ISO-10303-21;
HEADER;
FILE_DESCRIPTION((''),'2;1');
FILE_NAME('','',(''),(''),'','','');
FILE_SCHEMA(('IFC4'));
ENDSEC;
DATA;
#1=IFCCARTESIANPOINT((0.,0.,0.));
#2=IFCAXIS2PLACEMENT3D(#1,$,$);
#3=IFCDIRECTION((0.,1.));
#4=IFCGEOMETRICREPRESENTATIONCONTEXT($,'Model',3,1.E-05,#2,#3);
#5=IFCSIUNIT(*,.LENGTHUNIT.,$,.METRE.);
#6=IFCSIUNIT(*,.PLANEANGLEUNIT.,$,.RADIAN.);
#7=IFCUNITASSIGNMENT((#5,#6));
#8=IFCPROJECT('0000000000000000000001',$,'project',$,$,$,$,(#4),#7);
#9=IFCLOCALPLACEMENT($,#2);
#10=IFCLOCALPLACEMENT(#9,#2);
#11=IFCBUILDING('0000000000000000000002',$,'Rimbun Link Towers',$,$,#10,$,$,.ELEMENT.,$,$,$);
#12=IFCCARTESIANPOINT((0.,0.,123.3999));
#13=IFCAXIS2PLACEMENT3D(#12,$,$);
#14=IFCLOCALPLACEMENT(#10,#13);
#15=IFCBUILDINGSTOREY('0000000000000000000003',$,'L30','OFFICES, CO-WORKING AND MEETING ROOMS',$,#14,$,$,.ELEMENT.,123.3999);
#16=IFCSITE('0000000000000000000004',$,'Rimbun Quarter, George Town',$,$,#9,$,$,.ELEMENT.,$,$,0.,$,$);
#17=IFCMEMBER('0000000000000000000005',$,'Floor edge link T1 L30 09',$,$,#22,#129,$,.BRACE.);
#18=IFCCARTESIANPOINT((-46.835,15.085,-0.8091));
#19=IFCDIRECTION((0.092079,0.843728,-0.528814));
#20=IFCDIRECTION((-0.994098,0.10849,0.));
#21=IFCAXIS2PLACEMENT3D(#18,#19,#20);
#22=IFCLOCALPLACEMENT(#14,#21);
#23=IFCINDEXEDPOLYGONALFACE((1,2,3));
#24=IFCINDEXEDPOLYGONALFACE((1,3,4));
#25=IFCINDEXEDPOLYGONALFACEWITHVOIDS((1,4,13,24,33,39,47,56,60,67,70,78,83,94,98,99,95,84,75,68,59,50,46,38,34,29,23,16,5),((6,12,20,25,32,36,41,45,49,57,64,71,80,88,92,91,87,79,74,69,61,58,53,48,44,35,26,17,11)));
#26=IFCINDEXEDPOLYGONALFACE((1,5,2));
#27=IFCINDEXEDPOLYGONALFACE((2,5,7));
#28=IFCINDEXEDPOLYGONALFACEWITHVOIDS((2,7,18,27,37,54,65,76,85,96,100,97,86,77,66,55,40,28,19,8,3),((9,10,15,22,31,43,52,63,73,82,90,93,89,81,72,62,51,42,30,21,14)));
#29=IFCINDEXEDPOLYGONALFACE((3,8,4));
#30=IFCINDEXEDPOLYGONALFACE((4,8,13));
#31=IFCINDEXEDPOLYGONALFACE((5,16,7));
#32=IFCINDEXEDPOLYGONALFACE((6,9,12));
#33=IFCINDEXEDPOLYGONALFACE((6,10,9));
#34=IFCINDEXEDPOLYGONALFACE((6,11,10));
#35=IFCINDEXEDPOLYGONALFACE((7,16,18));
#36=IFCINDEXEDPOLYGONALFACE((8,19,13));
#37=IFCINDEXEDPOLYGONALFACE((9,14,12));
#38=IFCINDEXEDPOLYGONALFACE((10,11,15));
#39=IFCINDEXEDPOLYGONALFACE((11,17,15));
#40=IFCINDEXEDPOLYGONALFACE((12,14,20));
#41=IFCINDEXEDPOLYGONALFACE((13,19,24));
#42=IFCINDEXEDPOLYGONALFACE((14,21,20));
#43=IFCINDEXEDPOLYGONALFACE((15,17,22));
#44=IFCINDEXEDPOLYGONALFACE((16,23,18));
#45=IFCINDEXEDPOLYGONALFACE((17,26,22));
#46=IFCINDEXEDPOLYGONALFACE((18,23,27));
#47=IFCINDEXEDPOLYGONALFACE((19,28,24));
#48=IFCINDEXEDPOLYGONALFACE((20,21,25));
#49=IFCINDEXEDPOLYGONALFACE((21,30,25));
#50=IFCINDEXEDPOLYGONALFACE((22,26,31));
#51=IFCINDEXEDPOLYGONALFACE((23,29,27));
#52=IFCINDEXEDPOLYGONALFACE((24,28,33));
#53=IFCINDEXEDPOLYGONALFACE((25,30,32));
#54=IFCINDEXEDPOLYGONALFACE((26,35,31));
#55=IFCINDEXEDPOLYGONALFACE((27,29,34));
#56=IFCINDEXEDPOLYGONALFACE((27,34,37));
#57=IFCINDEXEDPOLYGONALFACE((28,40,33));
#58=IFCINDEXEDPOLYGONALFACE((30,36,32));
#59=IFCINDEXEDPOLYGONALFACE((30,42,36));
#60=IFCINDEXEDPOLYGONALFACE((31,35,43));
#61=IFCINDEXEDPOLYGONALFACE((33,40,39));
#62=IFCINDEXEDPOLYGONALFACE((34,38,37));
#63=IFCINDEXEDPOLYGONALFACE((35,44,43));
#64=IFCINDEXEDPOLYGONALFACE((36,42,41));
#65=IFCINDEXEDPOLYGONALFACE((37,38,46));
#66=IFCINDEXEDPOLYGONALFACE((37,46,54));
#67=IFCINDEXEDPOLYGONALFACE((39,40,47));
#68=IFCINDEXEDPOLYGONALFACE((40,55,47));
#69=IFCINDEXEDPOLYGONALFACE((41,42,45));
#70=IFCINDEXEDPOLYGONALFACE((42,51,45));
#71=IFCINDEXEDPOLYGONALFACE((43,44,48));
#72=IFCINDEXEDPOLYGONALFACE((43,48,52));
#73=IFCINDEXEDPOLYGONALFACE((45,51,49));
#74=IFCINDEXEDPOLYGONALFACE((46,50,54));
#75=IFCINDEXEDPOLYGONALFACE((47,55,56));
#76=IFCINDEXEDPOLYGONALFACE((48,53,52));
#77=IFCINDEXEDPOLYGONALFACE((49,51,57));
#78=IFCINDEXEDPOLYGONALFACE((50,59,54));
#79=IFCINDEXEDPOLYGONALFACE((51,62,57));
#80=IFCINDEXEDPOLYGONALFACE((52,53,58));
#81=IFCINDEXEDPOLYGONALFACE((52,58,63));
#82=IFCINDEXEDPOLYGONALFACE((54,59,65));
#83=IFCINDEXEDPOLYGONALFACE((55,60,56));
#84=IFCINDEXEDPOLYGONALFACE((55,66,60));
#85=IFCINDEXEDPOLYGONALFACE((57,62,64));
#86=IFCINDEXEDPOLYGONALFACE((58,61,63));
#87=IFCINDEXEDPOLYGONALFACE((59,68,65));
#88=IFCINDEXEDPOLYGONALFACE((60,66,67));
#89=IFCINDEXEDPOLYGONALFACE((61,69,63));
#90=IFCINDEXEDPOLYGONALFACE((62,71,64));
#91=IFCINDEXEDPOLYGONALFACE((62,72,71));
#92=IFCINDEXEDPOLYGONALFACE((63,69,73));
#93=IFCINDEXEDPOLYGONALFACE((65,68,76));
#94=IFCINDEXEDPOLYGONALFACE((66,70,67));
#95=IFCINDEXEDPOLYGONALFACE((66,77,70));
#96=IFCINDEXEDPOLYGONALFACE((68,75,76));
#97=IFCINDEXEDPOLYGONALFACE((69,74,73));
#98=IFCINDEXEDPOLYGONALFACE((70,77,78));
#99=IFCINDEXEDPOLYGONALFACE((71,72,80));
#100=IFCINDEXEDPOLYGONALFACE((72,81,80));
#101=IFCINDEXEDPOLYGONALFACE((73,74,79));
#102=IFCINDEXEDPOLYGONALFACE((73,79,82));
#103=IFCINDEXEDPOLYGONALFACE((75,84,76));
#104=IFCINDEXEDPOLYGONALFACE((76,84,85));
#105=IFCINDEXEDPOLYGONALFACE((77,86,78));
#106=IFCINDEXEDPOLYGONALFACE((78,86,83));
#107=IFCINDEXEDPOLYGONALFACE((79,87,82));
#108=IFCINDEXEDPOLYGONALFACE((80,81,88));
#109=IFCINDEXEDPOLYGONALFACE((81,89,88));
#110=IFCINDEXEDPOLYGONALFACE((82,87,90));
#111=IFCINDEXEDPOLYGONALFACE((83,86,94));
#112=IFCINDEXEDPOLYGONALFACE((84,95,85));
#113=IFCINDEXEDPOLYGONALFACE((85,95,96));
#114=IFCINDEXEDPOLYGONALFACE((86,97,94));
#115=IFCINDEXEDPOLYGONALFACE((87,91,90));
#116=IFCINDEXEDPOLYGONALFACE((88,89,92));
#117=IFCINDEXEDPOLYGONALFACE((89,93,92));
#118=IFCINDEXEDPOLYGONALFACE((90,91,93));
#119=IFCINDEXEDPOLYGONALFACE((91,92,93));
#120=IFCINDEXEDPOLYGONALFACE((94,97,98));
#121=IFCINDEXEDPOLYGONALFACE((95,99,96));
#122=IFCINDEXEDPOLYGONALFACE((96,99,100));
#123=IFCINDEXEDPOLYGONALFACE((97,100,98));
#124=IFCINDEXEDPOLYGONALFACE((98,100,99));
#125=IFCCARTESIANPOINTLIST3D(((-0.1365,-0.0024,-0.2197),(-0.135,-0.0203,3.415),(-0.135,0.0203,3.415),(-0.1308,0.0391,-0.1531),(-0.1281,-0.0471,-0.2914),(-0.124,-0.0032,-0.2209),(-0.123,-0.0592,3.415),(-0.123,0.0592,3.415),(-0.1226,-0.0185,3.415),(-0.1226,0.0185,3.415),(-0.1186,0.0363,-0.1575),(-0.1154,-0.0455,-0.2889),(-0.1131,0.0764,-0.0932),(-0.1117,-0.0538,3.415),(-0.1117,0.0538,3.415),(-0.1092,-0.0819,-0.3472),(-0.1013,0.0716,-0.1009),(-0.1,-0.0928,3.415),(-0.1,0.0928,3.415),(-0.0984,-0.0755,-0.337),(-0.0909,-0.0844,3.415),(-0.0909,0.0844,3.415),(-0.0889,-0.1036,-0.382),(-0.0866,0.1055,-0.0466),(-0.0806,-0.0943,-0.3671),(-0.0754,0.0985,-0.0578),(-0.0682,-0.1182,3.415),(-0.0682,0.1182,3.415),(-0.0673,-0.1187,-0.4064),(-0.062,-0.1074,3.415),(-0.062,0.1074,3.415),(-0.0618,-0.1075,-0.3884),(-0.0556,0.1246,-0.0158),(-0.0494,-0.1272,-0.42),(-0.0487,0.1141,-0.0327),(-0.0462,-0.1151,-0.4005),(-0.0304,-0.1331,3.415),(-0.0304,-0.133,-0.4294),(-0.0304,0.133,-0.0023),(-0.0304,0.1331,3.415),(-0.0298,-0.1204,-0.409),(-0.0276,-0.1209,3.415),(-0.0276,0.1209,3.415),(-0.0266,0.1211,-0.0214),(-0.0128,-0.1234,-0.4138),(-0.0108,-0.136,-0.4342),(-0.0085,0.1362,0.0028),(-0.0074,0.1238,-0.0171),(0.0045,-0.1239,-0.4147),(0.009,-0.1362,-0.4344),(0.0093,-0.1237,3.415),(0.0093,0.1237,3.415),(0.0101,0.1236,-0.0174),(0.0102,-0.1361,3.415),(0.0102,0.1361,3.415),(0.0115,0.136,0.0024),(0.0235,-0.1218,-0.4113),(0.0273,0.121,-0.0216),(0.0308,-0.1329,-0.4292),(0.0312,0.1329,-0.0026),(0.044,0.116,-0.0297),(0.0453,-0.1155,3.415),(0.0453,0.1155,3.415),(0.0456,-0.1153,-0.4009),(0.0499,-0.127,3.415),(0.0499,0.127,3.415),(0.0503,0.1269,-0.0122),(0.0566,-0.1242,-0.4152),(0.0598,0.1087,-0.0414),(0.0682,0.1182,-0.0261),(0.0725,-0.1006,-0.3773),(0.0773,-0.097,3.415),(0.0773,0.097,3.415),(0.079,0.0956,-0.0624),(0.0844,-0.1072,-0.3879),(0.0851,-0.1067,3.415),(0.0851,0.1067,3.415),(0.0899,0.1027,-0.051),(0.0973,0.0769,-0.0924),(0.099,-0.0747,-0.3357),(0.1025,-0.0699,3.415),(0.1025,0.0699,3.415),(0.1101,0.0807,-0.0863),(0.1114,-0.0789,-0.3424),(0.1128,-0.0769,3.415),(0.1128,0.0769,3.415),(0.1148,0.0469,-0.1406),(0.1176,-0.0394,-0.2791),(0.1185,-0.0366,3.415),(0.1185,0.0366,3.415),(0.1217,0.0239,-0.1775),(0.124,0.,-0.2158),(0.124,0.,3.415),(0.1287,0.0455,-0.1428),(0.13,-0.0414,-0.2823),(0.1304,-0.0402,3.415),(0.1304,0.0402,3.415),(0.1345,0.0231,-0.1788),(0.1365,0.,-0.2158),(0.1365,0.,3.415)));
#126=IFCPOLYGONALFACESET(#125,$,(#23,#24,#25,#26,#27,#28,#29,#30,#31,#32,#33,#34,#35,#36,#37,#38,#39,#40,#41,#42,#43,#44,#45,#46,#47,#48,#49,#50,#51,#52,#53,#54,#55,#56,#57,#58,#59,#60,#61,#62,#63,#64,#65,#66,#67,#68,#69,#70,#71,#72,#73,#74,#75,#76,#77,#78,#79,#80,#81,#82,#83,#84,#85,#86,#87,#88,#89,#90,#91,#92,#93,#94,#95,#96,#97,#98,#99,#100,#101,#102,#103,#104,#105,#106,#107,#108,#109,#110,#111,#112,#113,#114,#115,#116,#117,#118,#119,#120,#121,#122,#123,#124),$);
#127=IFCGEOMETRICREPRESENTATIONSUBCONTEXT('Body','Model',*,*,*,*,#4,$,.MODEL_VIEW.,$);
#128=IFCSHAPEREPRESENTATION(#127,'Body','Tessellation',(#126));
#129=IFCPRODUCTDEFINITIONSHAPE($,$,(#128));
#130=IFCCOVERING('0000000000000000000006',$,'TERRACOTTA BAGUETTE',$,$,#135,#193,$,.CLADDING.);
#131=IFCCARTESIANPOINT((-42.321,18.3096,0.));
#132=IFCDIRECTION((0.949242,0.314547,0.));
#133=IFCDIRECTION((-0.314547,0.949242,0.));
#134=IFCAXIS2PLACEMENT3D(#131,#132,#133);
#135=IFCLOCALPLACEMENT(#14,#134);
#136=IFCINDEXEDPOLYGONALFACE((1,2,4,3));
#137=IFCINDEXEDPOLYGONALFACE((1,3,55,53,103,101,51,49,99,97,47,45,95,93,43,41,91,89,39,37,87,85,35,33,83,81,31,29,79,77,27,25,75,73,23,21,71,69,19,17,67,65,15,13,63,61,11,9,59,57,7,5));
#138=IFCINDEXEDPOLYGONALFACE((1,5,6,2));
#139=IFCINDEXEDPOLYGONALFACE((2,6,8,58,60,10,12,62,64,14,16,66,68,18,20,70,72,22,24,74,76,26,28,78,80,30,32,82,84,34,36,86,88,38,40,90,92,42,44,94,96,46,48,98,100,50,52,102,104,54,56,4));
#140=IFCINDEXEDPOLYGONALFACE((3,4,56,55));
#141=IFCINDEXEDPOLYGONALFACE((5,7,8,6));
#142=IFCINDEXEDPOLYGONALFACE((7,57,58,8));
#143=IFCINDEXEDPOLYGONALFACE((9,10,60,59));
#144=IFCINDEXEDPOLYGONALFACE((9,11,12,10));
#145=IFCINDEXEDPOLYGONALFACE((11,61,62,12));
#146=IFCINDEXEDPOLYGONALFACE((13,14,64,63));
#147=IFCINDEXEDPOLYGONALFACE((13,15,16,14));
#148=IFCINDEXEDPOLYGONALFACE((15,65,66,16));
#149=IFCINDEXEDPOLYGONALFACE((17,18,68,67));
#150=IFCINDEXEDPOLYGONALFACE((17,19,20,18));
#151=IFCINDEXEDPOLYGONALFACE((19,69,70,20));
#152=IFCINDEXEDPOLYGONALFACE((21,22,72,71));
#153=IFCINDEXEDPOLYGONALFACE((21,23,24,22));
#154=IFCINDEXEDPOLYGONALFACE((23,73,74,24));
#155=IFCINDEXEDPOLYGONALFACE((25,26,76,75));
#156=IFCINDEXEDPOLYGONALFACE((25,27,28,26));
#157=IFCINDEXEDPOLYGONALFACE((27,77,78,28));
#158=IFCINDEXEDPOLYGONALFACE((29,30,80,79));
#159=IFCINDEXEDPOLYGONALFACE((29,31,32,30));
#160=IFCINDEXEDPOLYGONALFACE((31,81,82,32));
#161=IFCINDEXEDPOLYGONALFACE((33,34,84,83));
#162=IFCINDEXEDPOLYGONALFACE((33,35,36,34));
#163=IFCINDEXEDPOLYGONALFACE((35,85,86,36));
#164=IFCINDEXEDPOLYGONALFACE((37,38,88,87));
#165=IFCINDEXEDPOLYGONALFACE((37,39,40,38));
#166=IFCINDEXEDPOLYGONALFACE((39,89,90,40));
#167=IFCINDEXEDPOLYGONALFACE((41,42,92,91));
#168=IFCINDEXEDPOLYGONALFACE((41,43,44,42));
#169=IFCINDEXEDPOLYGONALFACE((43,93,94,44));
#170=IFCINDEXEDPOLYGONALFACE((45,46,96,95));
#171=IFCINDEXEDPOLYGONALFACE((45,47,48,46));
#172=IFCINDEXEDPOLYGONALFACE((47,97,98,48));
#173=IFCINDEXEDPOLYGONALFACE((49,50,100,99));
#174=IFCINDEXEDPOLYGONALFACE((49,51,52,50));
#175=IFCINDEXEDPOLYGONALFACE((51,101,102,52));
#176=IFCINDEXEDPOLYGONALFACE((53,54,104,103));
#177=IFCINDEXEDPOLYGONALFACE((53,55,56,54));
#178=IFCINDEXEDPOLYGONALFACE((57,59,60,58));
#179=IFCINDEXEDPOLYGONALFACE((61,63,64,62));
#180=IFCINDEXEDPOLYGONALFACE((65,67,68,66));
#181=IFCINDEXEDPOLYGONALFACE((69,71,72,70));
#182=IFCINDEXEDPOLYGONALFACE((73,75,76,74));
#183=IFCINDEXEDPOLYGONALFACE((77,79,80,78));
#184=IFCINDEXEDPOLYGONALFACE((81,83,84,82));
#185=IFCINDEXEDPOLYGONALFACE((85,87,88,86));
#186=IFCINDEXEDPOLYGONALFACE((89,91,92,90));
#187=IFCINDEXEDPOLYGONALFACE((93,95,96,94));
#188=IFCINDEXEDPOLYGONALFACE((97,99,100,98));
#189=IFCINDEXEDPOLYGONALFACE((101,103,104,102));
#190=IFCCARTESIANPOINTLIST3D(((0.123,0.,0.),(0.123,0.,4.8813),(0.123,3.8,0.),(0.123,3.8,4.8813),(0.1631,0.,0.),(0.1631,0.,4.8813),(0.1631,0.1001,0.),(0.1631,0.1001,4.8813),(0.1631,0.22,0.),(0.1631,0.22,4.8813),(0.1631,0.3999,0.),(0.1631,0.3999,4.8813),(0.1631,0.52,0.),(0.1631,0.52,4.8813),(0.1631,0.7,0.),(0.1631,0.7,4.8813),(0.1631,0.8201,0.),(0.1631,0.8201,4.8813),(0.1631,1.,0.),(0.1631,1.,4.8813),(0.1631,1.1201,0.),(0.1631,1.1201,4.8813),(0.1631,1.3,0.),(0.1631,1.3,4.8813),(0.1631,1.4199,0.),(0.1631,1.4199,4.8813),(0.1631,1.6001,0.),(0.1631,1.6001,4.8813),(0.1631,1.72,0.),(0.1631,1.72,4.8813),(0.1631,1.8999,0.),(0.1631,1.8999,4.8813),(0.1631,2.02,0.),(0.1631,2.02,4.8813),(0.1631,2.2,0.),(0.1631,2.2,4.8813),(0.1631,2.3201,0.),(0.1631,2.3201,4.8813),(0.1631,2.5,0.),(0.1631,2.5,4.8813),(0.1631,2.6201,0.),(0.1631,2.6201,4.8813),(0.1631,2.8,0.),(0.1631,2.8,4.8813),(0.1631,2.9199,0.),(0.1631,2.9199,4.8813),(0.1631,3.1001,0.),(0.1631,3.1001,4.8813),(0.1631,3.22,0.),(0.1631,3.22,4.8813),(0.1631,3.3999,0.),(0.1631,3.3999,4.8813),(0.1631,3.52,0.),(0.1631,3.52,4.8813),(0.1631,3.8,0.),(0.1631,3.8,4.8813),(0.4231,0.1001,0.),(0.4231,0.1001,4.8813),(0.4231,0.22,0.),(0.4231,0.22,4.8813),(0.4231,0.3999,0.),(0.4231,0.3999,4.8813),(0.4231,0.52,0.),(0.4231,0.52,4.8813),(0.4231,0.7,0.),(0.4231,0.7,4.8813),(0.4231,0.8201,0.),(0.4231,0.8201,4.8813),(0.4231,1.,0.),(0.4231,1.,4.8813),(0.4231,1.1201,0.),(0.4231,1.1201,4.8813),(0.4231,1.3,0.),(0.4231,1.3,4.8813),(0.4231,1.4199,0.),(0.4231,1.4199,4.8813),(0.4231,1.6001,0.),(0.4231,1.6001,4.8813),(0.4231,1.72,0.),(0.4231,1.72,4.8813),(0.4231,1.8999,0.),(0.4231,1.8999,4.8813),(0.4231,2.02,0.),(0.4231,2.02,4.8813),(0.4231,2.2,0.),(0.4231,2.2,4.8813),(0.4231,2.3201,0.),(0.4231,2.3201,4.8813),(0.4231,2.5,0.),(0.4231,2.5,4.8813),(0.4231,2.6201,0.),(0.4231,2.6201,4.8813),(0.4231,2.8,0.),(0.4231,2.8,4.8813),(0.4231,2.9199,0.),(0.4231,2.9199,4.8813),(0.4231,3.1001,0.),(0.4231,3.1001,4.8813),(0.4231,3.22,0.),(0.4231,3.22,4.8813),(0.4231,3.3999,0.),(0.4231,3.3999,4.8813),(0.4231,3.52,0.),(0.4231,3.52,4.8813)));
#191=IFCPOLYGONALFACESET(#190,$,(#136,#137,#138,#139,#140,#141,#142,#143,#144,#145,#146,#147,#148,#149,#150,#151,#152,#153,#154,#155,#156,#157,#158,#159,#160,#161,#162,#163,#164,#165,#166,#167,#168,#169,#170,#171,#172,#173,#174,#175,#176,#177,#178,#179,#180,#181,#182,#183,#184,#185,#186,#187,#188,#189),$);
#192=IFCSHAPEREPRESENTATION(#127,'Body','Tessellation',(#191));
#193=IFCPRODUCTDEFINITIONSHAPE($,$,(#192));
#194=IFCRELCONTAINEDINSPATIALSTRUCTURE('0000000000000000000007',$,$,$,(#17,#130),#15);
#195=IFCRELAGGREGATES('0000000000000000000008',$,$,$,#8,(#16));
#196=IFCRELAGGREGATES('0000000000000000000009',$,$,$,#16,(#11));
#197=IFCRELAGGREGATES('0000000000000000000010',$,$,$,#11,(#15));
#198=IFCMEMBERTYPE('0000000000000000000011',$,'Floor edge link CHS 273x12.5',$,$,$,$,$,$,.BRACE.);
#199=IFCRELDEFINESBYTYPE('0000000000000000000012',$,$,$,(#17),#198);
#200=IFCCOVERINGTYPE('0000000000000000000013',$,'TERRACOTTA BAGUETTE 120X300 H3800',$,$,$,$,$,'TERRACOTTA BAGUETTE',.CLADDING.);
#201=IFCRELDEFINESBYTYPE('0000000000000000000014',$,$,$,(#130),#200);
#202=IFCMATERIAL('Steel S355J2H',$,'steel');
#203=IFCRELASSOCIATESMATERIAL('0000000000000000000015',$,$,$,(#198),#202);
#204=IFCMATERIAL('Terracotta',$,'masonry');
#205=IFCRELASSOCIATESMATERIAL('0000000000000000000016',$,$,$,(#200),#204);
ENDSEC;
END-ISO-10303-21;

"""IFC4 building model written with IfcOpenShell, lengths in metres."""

from ifc_helpers import new_model, si_unit, direction, frame, origin, origin_2d, place, context, subcontext, project, spatial, polyline, hollow_circle, outline, extrude, clip, halfspace, material, material_profile, profile_set, type_object, element, save


model = new_model("IFC4")

# Units and contexts
model_context = context("Model", 3, precision=1e-05, world=origin(), true_north=direction((0.0, 1.0)))
body_context = subcontext(model_context, "Body", "Model", "MODEL_VIEW")
ifc_project = project(units=[si_unit("LENGTHUNIT", "METRE"), si_unit("PLANEANGLEUNIT", "RADIAN")], contexts=[model_context])

# Site, building, storey
site_placement = place(None, origin())
site = spatial("IfcSite", under=ifc_project, at=site_placement, Name="Rimbun Quarter, George Town", CompositionType="ELEMENT", RefElevation=0.0)
building_placement = place(site_placement, origin())
building = spatial("IfcBuilding", under=site, at=building_placement, Name="Rimbun Link Towers", CompositionType="ELEMENT")
storey_placement = place(building_placement, frame((0.0, 0.0, 123.3999)))
storey = spatial("IfcBuildingStorey", under=building, at=storey_placement, Name="L30", Description="OFFICES, CO-WORKING AND MEETING ROOMS", CompositionType="ELEMENT", Elevation=123.3999)

# Member
ifc_material_1 = material(Name="Steel S355J2H", Category="steel")
ifc_material_profile_1 = material_profile(ifc_material_1, hollow_circle(Radius=0.1365, WallThickness=0.0125, at=origin_2d()), Name="CHS 273x12.5")
ifc_profile_set_1 = profile_set([ifc_material_profile_1], Name="Steel S355J2H")
member_type_1 = type_object("IfcMemberType", Name="Floor edge link CHS 273x12.5", PredefinedType="BRACE", material=ifc_profile_set_1)
member_1_placement = place(storey_placement, frame((-46.835, 15.085, -0.8091), z_axis=(0.092079, 0.843728, -0.528814), x_axis=(-0.994098, 0.10849, 0.0)))
element("IfcMember", 1, at=member_1_placement, inside=storey, type_object=member_type_1, Name="Floor edge link T1 L30 09", PredefinedType="BRACE", context=body_context, shape_type="Clipping", body=[
    clip(extrude(hollow_circle(Radius=0.1365, WallThickness=0.0125, at=origin_2d()), frame((0.0, 0.0, -0.457)), (0.0, 0.0, 1.0), 3.8721), halfspace(frame((0.0, 0.0, -0.2158), z_axis=(0.0, 0.848738, -0.528814)), False)),
])

# Covering
ifc_material_2 = material(Name="Terracotta", Category="masonry")
ifc_material_profile_2 = material_profile(ifc_material_2, outline(polyline([(0.123, 0.0), (0.1631, 0.0), (0.1631, 0.1001), (0.4231, 0.1001), (0.4231, 0.22), (0.1631, 0.22), (0.1631, 0.3999), (0.4231, 0.3999), (0.4231, 0.52), (0.1631, 0.52), (0.1631, 0.7), (0.4231, 0.7), (0.4231, 0.8201), (0.1631, 0.8201), (0.1631, 1.0), (0.4231, 1.0), (0.4231, 1.1201), (0.1631, 1.1201), (0.1631, 1.3), (0.4231, 1.3), (0.4231, 1.4199), (0.1631, 1.4199), (0.1631, 1.6001), (0.4231, 1.6001), (0.4231, 1.72), (0.1631, 1.72), (0.1631, 1.8999), (0.4231, 1.8999), (0.4231, 2.02), (0.1631, 2.02), (0.1631, 2.2), (0.4231, 2.2), (0.4231, 2.3201), (0.1631, 2.3201), (0.1631, 2.5), (0.4231, 2.5), (0.4231, 2.6201), (0.1631, 2.6201), (0.1631, 2.8), (0.4231, 2.8), (0.4231, 2.9199), (0.1631, 2.9199), (0.1631, 3.1001), (0.4231, 3.1001), (0.4231, 3.22), (0.1631, 3.22), (0.1631, 3.3999), (0.4231, 3.3999), (0.4231, 3.52), (0.1631, 3.52), (0.1631, 3.8), (0.123, 3.8), (0.123, 0.0)])), Name="BAGUETTE 120X300")
ifc_profile_set_2 = profile_set([ifc_material_profile_2], Name="Terracotta")
covering_type = type_object("IfcCoveringType", Name="TERRACOTTA BAGUETTE 120X300 H3800", ElementType="TERRACOTTA BAGUETTE", PredefinedType="CLADDING", material=ifc_profile_set_2)
covering_1_placement = place(storey_placement, frame((-42.321, 18.3096, 0.0), z_axis=(0.949242, 0.314547, 0.0), x_axis=(-0.314547, 0.949242, 0.0)))
element("IfcCovering", 2, at=covering_1_placement, inside=storey, type_object=covering_type, Name="TERRACOTTA BAGUETTE", PredefinedType="CLADDING", context=body_context, shape_type="SweptSolid", body=[
    extrude(outline(polyline([(0.123, 0.0), (0.1631, 0.0), (0.1631, 0.1001), (0.4231, 0.1001), (0.4231, 0.22), (0.1631, 0.22), (0.1631, 0.3999), (0.4231, 0.3999), (0.4231, 0.52), (0.1631, 0.52), (0.1631, 0.7), (0.4231, 0.7), (0.4231, 0.8201), (0.1631, 0.8201), (0.1631, 1.0), (0.4231, 1.0), (0.4231, 1.1201), (0.1631, 1.1201), (0.1631, 1.3), (0.4231, 1.3), (0.4231, 1.4199), (0.1631, 1.4199), (0.1631, 1.6001), (0.4231, 1.6001), (0.4231, 1.72), (0.1631, 1.72), (0.1631, 1.8999), (0.4231, 1.8999), (0.4231, 2.02), (0.1631, 2.02), (0.1631, 2.2), (0.4231, 2.2), (0.4231, 2.3201), (0.1631, 2.3201), (0.1631, 2.5), (0.4231, 2.5), (0.4231, 2.6201), (0.1631, 2.6201), (0.1631, 2.8), (0.4231, 2.8), (0.4231, 2.9199), (0.1631, 2.9199), (0.1631, 3.1001), (0.4231, 3.1001), (0.4231, 3.22), (0.1631, 3.22), (0.1631, 3.3999), (0.4231, 3.3999), (0.4231, 3.52), (0.1631, 3.52), (0.1631, 3.8), (0.123, 3.8), (0.123, 0.0)])), origin(), (0.0, 0.0, 1.0), 4.8813),
])

save(model, "model.ifc")
